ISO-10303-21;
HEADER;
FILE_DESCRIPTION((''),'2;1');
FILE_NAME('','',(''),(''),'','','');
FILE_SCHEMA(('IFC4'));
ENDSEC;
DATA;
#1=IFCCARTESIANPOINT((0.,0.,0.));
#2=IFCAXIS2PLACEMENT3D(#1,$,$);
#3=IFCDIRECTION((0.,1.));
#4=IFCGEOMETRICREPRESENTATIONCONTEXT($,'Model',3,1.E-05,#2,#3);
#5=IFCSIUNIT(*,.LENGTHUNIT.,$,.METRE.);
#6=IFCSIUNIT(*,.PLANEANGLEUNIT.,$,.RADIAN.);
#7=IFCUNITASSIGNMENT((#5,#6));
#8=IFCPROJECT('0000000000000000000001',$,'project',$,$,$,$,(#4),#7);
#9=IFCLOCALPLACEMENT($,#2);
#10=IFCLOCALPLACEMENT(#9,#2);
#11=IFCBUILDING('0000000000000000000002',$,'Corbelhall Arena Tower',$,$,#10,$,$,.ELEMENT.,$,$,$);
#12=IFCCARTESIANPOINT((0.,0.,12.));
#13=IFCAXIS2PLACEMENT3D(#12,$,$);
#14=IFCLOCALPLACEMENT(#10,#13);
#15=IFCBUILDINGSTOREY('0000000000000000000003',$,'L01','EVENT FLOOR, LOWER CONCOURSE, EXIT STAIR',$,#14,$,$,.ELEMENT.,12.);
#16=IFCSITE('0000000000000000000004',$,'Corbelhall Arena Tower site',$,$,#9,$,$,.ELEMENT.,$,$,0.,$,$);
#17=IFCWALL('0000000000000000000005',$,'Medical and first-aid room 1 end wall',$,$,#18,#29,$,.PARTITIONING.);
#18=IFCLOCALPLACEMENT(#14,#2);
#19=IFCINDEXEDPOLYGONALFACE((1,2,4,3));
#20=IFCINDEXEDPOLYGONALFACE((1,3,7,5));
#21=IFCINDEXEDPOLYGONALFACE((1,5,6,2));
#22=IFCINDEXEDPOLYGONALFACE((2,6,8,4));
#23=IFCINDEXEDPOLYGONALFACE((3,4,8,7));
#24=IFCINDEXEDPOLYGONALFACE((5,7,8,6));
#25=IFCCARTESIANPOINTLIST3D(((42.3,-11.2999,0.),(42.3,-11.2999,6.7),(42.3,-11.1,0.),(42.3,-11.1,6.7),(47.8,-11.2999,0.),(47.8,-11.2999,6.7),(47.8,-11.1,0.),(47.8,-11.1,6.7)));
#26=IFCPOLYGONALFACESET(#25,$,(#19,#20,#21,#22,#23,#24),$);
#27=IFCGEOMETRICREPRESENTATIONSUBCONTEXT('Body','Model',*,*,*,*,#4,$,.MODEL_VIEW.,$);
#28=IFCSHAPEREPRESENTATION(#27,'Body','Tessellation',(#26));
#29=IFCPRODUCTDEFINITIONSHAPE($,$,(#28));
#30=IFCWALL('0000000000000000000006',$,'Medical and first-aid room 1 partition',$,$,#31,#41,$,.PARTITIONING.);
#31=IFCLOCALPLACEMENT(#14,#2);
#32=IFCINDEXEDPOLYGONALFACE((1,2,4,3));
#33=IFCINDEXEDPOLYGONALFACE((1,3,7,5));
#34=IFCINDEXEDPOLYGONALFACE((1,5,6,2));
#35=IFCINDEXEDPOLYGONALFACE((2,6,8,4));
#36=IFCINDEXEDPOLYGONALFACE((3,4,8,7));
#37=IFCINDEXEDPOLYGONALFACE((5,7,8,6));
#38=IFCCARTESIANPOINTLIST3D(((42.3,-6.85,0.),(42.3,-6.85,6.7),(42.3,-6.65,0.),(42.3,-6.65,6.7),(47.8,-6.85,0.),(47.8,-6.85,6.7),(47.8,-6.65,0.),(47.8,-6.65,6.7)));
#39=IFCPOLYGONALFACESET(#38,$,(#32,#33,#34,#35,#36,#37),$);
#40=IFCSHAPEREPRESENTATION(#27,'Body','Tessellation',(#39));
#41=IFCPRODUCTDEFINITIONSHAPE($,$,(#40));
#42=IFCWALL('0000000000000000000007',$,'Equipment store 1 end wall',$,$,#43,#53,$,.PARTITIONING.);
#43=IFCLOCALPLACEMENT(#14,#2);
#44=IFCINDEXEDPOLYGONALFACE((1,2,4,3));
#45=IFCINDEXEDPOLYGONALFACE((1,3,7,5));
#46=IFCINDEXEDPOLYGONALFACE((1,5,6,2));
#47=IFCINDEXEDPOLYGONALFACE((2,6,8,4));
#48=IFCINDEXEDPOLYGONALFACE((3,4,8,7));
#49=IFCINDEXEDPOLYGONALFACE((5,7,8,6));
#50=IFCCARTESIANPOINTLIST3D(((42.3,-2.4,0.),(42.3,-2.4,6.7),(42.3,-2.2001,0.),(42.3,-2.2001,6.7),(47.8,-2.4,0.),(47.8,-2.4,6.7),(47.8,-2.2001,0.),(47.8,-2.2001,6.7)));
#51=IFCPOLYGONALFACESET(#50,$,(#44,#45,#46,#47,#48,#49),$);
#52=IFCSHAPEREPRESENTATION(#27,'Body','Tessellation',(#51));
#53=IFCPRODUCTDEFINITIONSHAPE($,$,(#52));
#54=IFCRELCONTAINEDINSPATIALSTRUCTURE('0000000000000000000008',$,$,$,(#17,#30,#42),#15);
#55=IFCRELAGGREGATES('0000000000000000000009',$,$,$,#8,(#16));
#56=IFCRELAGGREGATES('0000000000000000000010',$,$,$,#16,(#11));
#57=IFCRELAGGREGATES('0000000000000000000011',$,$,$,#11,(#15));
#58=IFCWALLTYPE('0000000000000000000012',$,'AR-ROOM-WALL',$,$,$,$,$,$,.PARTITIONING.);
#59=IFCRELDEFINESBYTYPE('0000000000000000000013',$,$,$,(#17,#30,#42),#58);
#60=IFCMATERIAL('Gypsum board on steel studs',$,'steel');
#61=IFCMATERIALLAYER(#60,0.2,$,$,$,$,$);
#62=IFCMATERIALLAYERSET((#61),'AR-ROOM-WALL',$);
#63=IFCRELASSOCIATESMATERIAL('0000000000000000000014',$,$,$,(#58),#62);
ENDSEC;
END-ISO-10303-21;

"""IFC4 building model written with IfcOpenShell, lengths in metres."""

from ifc_helpers import new_model, si_unit, direction, frame, frame_2d, origin, place, context, subcontext, project, spatial, rectangle, extrude, material, layer, layer_set, type_object, element, save


model = new_model("IFC4")

# Units and contexts
model_context = context("Model", 3, precision=1e-05, world=origin(), true_north=direction((0.0, 1.0)))
body_context = subcontext(model_context, "Body", "Model", "MODEL_VIEW")
ifc_project = project(units=[si_unit("LENGTHUNIT", "METRE"), si_unit("PLANEANGLEUNIT", "RADIAN")], contexts=[model_context])

# Site, building, storey
site_placement = place(None, origin())
site = spatial("IfcSite", under=ifc_project, at=site_placement, Name="Corbelhall Arena Tower site", CompositionType="ELEMENT", RefElevation=0.0)
building_placement = place(site_placement, origin())
building = spatial("IfcBuilding", under=site, at=building_placement, Name="Corbelhall Arena Tower", CompositionType="ELEMENT")
storey_placement = place(building_placement, frame((0.0, 0.0, 12.0)))
storey = spatial("IfcBuildingStorey", under=building, at=storey_placement, Name="L01", Description="EVENT FLOOR, LOWER CONCOURSE, EXIT STAIR", CompositionType="ELEMENT", Elevation=12.0)

# Walls
ifc_material_1 = material(Name="Gypsum board on steel studs", Category="steel")
ifc_layer_1 = layer(ifc_material_1, 0.2)
ifc_layer_set_1 = layer_set([ifc_layer_1], Name="AR-ROOM-WALL")
wall_type_1 = type_object("IfcWallType", Name="AR-ROOM-WALL", PredefinedType="PARTITIONING", material=ifc_layer_set_1)
for number, where, z_axis, x_axis, name in (
    (1, (42.3, -11.2, 0.0), (0.0, 0.0, 1.0), (1.0, 0.0, 0.0), "Medical and first-aid room 1 end wall"),
    (2, (42.3, -6.75, 0.0), (0.0, 0.0, 1.0), (1.0, 0.0, 0.0), "Medical and first-aid room 1 partition"),
    (3, (42.3, -2.3, 0.0), (0.0, 0.0, 1.0), (1.0, 0.0, 0.0), "Equipment store 1 end wall"),
):
    element("IfcWall", number, at=place(storey_placement, frame(where, z_axis=z_axis, x_axis=x_axis)), inside=storey, type_object=wall_type_1, Name=name, PredefinedType="PARTITIONING", context=body_context, shape_type="SweptSolid", body=[
        extrude(rectangle(XDim=5.5, YDim=0.2, at=frame_2d((2.75, 0.0))), origin(), (0.0, 0.0, 1.0), 6.7),
    ])

save(model, "model.ifc")
